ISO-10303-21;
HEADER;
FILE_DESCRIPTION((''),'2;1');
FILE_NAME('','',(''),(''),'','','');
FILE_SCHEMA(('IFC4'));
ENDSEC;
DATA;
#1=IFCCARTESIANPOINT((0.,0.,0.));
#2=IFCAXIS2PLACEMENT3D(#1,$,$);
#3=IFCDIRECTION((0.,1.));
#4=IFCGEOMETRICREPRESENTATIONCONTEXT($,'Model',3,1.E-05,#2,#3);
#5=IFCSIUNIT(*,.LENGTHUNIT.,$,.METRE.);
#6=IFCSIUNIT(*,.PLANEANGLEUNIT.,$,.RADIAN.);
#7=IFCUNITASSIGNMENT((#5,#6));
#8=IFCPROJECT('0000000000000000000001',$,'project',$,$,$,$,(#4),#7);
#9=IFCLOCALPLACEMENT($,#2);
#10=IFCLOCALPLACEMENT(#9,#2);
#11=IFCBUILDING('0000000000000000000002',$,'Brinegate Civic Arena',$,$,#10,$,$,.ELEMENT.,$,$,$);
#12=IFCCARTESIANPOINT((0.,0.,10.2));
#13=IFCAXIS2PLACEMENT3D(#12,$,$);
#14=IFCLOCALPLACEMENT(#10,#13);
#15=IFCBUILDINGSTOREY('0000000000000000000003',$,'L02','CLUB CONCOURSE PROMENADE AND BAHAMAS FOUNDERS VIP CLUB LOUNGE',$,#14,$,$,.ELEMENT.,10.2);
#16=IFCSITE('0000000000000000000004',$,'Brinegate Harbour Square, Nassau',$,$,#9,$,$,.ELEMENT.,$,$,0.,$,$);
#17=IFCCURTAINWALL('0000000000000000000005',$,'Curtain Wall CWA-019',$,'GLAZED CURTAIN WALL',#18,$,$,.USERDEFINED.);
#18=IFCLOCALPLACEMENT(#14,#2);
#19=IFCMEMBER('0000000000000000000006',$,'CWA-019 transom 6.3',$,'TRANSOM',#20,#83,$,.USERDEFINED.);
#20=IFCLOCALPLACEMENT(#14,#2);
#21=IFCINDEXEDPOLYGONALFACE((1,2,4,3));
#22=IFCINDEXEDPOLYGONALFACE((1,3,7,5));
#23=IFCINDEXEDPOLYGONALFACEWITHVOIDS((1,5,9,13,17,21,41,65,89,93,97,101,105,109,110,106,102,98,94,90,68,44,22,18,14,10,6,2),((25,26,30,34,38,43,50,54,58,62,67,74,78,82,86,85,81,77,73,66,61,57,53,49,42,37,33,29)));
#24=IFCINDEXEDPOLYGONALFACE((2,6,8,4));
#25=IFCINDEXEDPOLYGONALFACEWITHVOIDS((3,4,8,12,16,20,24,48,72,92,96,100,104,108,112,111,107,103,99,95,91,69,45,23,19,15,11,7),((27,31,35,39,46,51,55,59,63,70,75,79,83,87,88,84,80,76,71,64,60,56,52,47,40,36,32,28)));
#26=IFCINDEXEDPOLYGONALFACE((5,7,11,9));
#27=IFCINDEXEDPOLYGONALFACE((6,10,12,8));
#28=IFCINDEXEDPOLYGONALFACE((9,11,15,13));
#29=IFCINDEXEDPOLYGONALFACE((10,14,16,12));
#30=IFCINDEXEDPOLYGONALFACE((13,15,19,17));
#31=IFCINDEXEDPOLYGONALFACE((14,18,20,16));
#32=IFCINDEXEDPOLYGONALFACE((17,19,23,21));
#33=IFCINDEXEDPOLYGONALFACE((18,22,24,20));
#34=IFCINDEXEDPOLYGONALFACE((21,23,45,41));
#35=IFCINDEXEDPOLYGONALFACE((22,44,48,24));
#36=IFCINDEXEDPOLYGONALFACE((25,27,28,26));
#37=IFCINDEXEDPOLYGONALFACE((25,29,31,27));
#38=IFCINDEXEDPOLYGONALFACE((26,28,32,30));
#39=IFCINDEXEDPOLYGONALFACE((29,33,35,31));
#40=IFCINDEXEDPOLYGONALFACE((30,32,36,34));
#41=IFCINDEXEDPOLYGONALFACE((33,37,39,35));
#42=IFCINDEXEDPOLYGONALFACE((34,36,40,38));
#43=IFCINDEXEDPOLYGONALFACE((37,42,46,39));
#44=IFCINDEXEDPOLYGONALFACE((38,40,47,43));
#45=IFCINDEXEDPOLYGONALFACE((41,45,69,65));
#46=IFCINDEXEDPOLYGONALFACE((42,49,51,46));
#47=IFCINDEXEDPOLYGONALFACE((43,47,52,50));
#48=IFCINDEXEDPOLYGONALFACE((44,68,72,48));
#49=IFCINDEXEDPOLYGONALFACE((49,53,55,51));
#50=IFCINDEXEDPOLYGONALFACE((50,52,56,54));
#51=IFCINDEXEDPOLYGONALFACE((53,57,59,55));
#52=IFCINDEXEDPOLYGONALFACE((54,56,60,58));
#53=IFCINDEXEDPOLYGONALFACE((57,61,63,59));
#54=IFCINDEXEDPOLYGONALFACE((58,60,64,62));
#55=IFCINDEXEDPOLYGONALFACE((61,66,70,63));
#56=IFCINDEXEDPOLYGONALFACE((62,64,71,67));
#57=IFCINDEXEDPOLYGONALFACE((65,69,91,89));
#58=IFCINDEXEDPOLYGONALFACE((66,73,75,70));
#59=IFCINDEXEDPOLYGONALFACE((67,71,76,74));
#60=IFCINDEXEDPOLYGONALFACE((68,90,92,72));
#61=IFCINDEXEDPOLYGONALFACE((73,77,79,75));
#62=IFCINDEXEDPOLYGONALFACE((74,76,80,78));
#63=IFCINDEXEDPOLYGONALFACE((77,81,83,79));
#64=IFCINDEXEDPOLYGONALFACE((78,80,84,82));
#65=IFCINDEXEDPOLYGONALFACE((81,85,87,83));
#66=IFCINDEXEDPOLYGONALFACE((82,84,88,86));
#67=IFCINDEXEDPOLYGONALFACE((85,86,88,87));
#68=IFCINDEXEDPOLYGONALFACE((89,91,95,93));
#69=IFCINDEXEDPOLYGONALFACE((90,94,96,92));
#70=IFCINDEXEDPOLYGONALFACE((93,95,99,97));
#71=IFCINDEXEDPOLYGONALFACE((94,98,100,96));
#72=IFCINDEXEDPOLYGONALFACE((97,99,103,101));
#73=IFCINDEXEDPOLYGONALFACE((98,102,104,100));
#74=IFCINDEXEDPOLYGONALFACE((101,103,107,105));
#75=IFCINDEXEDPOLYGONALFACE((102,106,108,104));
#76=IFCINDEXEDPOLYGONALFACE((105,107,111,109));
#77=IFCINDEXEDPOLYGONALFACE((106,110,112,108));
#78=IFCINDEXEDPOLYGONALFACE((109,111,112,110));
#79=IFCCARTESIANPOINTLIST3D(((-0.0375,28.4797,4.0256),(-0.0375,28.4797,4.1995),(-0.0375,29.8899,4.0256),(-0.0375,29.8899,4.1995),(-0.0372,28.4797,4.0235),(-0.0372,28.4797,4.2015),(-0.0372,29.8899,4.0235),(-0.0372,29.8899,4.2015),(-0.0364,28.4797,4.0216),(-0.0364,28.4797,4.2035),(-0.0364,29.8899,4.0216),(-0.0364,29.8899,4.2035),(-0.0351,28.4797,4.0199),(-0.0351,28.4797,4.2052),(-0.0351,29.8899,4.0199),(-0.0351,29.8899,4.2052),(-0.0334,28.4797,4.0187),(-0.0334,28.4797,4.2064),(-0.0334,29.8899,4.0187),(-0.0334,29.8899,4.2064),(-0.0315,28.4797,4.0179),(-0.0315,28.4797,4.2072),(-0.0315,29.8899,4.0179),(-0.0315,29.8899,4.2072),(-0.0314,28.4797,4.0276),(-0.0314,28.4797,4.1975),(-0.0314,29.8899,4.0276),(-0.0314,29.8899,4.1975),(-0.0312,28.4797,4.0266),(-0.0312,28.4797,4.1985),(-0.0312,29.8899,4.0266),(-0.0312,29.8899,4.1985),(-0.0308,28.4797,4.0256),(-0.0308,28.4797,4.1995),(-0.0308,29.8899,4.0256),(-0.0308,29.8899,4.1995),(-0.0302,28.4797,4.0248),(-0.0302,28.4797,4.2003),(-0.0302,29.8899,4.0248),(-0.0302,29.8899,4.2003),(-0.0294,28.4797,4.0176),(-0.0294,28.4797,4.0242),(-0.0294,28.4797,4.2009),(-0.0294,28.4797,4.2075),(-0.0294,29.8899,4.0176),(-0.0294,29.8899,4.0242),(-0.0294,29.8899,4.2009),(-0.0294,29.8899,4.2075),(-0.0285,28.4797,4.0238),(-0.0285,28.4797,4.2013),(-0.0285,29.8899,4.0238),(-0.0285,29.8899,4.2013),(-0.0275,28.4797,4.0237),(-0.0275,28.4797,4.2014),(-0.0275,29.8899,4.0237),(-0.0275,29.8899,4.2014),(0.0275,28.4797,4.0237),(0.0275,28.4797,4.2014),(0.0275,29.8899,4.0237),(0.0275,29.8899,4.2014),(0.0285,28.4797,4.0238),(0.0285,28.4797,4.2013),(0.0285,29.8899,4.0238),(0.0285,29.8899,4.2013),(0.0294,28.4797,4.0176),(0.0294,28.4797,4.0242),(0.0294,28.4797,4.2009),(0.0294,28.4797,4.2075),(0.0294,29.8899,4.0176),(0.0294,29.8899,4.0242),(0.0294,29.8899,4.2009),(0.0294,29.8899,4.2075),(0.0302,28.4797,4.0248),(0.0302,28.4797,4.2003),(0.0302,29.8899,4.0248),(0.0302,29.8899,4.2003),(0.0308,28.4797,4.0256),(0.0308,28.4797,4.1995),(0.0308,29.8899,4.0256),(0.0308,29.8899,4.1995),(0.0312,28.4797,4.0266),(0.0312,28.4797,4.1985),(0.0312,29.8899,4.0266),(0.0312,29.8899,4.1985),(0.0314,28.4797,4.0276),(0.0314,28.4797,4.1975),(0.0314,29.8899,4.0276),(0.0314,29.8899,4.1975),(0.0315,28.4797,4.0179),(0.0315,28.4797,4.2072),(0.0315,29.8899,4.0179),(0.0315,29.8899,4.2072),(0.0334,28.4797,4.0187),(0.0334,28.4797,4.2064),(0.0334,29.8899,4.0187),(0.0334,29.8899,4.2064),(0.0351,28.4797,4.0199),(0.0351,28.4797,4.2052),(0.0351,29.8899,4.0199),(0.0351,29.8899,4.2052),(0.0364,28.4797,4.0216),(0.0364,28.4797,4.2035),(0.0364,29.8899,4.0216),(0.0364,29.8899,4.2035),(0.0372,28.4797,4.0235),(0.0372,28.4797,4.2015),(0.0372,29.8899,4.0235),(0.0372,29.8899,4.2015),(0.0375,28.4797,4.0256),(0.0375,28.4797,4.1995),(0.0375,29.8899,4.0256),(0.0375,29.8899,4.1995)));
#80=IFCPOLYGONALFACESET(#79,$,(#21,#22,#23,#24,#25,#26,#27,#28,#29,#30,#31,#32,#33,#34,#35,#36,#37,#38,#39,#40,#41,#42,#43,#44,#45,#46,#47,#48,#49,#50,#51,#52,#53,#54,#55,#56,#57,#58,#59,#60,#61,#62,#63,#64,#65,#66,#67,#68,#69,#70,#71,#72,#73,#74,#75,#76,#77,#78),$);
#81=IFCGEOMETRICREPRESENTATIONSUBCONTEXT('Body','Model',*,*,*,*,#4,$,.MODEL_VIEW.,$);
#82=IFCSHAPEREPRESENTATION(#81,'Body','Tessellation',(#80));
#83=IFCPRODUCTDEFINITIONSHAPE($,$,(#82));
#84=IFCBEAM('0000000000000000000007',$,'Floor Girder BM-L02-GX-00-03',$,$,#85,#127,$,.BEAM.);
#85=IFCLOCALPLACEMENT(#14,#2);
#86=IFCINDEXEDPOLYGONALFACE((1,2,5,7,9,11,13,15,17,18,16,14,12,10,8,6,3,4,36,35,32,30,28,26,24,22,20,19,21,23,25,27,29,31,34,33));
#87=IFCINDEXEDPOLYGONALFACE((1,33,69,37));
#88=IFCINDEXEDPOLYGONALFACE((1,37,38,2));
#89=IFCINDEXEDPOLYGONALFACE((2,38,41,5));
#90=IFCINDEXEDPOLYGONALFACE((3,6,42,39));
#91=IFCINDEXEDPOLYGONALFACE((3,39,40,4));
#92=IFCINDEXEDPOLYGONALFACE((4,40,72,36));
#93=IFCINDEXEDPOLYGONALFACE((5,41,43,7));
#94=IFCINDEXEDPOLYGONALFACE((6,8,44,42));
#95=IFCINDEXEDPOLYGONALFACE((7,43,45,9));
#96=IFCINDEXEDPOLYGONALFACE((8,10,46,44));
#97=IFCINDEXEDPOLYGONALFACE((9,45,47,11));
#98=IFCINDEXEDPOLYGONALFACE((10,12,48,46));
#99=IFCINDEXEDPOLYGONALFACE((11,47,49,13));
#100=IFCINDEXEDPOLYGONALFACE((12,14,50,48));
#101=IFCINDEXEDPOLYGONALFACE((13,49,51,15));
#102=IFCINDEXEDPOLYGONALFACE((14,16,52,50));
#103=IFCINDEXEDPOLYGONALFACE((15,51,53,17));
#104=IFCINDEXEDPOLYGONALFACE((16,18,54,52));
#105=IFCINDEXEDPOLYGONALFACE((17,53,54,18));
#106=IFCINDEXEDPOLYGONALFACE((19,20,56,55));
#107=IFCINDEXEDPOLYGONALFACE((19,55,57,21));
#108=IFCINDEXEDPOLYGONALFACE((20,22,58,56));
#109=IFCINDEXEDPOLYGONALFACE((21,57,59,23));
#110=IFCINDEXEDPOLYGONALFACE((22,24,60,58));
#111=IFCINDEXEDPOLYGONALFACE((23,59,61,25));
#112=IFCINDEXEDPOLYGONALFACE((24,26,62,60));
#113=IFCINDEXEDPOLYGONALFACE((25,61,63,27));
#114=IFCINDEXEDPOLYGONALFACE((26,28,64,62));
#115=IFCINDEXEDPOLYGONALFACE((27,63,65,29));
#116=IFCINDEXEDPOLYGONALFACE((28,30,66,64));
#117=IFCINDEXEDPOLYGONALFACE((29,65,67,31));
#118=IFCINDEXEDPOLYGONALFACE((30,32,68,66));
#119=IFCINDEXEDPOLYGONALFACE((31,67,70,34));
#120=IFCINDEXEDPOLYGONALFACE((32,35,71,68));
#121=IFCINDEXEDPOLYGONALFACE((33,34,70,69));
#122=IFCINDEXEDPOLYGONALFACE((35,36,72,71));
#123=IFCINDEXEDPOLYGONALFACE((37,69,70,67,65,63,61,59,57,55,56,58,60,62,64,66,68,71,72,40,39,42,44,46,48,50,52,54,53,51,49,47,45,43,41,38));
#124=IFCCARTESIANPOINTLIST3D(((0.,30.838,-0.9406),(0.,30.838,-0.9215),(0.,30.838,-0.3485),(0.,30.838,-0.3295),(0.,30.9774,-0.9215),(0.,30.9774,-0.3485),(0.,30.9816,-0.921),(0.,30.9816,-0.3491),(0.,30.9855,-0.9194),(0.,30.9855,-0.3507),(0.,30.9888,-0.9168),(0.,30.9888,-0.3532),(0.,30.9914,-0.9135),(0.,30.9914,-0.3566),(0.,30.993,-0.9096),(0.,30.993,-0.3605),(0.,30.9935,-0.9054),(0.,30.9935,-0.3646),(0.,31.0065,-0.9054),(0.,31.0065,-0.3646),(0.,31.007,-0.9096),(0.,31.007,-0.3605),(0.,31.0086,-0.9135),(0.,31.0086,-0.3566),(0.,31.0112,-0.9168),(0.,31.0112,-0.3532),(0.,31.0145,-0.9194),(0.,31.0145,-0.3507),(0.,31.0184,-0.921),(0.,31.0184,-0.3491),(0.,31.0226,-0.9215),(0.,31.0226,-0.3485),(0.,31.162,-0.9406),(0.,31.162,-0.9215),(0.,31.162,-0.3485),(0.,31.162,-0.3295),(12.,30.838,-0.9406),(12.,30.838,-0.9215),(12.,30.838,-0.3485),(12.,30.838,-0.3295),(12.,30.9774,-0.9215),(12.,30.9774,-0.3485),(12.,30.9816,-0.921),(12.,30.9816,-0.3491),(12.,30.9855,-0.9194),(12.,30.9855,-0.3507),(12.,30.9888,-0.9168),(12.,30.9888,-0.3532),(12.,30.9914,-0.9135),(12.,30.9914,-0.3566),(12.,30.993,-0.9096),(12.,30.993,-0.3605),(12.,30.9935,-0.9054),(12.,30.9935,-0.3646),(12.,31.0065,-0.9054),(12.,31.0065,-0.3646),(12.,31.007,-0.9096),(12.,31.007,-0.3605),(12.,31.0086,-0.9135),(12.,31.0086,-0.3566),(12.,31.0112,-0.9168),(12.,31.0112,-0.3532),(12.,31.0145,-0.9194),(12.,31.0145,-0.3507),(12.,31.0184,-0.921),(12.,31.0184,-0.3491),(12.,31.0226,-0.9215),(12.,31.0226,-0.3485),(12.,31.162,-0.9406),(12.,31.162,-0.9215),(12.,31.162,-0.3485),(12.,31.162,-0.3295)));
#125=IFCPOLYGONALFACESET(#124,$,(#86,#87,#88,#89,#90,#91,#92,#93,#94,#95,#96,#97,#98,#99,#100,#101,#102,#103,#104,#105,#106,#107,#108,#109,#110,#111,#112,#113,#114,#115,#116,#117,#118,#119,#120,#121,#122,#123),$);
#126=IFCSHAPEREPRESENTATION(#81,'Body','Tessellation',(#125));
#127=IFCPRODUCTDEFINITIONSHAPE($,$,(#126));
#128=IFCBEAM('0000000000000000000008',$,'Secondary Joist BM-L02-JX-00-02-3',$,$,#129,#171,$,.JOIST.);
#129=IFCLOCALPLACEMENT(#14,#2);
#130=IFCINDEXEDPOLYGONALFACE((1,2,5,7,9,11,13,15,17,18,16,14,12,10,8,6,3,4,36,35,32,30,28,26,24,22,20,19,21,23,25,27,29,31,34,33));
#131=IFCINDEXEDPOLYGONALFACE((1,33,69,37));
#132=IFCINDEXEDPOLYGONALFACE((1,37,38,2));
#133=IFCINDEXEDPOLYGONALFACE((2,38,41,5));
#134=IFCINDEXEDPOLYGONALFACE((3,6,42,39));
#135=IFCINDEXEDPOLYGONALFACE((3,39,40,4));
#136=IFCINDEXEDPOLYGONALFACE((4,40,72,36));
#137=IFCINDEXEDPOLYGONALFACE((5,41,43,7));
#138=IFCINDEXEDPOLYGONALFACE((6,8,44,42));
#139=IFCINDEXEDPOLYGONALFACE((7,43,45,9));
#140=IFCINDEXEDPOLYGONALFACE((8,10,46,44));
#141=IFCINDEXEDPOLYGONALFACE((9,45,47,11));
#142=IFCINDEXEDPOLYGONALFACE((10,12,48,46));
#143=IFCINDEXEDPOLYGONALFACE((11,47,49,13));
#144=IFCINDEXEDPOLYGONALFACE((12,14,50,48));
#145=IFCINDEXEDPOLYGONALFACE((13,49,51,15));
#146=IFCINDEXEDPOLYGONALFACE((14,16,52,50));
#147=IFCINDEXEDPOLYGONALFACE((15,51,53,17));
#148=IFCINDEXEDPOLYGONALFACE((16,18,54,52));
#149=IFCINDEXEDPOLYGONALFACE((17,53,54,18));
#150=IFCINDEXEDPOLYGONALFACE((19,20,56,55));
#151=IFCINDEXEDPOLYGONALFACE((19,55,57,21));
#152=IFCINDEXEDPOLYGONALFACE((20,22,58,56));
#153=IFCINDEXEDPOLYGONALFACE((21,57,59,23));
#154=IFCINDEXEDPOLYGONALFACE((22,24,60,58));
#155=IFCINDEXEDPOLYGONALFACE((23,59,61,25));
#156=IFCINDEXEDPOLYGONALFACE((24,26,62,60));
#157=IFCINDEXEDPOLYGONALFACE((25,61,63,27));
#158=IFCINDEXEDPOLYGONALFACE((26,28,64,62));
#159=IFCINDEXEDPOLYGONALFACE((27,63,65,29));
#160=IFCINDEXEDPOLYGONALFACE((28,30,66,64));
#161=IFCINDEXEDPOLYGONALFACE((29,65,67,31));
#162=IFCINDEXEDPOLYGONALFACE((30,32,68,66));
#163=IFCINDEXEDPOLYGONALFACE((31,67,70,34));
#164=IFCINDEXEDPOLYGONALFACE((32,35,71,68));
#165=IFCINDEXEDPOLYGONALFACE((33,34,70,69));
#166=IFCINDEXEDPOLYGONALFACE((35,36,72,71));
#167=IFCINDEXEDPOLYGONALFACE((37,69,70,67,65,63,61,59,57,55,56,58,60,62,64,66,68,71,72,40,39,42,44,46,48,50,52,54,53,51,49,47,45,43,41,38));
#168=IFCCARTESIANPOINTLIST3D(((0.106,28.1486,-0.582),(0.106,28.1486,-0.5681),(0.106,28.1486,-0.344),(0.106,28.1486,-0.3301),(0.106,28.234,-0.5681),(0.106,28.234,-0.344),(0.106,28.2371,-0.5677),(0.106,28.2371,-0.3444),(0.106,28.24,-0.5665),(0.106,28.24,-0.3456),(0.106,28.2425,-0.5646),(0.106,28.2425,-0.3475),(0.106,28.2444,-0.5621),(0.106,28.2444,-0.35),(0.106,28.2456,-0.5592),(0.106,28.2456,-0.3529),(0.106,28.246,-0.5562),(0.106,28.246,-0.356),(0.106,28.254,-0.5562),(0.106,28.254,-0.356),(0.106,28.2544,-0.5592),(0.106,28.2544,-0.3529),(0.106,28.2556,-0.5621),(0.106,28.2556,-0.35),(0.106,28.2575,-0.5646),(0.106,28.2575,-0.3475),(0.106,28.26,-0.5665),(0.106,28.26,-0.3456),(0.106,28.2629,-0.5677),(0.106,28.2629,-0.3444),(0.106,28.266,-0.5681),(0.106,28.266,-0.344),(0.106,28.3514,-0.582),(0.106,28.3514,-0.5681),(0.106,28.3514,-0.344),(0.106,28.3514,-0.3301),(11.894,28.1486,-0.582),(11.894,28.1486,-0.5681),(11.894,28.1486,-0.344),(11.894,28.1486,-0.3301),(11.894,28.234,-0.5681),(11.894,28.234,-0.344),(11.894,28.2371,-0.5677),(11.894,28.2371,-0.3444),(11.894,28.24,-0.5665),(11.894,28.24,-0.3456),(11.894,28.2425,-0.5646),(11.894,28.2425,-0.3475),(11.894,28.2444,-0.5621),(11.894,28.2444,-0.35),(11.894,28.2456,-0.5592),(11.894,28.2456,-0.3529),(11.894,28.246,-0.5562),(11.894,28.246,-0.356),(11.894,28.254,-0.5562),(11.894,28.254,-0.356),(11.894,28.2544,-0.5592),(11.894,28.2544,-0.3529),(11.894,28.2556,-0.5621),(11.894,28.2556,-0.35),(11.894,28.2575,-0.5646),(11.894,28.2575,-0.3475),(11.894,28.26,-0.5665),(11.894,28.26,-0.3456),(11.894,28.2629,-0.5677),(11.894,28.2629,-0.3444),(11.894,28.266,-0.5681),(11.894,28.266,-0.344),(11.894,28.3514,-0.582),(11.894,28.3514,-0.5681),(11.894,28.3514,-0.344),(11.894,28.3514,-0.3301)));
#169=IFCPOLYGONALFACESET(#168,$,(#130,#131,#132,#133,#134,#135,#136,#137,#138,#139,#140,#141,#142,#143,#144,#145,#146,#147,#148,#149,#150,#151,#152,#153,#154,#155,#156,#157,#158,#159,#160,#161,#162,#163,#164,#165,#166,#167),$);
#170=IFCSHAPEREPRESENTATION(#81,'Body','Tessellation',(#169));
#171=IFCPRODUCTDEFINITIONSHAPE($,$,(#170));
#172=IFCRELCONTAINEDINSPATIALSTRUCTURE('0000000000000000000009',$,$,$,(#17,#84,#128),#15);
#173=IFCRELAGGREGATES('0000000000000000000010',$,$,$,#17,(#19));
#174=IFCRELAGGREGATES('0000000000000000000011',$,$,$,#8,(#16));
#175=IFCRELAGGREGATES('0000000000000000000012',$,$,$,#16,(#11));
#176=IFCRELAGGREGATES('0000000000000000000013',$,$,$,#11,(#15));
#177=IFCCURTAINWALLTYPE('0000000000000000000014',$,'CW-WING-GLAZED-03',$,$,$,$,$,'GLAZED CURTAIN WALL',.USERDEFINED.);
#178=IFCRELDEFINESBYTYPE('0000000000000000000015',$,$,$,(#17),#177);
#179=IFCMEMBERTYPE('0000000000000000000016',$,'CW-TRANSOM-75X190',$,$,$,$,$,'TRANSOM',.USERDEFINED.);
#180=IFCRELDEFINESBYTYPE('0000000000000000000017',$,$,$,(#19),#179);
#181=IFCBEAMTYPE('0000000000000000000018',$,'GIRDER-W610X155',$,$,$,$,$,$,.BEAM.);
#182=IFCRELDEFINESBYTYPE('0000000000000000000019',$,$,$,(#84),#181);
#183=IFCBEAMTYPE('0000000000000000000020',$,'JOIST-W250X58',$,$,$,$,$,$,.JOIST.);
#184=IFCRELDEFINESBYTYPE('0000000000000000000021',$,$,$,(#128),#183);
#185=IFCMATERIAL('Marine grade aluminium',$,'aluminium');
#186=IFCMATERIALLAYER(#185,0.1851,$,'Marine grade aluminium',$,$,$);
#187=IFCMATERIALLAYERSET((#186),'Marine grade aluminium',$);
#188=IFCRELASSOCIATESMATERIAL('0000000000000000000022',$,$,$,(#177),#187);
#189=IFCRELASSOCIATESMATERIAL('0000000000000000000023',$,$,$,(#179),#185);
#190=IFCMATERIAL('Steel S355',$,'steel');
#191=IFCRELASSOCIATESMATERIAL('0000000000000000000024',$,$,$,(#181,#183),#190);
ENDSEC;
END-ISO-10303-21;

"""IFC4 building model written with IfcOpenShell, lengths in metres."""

from ifc_helpers import new_model, si_unit, direction, frame, origin, origin_2d, place, context, subcontext, project, spatial, hollow_rectangle, i_section, extrude, material, layer, layer_set, material_profile, profile_set, type_object, element, aggregate, save


model = new_model("IFC4")

# Units and contexts
model_context = context("Model", 3, precision=1e-05, world=origin(), true_north=direction((0.0, 1.0)))
body_context = subcontext(model_context, "Body", "Model", "MODEL_VIEW")
ifc_project = project(units=[si_unit("LENGTHUNIT", "METRE"), si_unit("PLANEANGLEUNIT", "RADIAN")], contexts=[model_context])

# Site, building, storey
site_placement = place(None, origin())
site = spatial("IfcSite", under=ifc_project, at=site_placement, Name="Brinegate Harbour Square, Nassau", CompositionType="ELEMENT", RefElevation=0.0)
building_placement = place(site_placement, origin())
building = spatial("IfcBuilding", under=site, at=building_placement, Name="Brinegate Civic Arena", CompositionType="ELEMENT")
storey_placement = place(building_placement, frame((0.0, 0.0, 10.2)))
storey = spatial("IfcBuildingStorey", under=building, at=storey_placement, Name="L02", Description="CLUB CONCOURSE PROMENADE AND BAHAMAS FOUNDERS VIP CLUB LOUNGE", CompositionType="ELEMENT", Elevation=10.2)

# Curtain wall, member
ifc_material_1 = material(Name="Marine grade aluminium", Category="aluminium")
ifc_layer_1 = layer(ifc_material_1, 0.1851, Name="Marine grade aluminium")
ifc_layer_set_1 = layer_set([ifc_layer_1], Name="Marine grade aluminium")
curtain_wall_type = type_object("IfcCurtainWallType", Name="CW-WING-GLAZED-03", ElementType="GLAZED CURTAIN WALL", PredefinedType="USERDEFINED", material=ifc_layer_set_1)
curtain_wall_placement = place(storey_placement, origin())
curtain_wall = element("IfcCurtainWall", 1, at=curtain_wall_placement, inside=storey, type_object=curtain_wall_type, Name="Curtain Wall CWA-019", ObjectType="GLAZED CURTAIN WALL", PredefinedType="USERDEFINED")
ifc_material_profile_1 = material_profile(ifc_material_1, hollow_rectangle(XDim=0.075, YDim=0.1899, WallThickness=0.0061, InnerFilletRadius=0.0039, OuterFilletRadius=0.0081, at=origin_2d()), Name="TRN75X190")
ifc_profile_set_1 = profile_set([ifc_material_profile_1], Name="Marine grade aluminium")
member_type_1 = type_object("IfcMemberType", Name="CW-TRANSOM-75X190", ElementType="TRANSOM", PredefinedType="USERDEFINED", material=ifc_profile_set_1)
member_1_placement = place(storey_placement, frame((0.0, 28.4797, 4.1125), z_axis=(0.0, 1.0, 0.0), x_axis=(-1.0, 0.0, 0.0)))
member_1 = element("IfcMember", 2, at=member_1_placement, type_object=member_type_1, Name="CWA-019 transom 6.3", ObjectType="TRANSOM", PredefinedType="USERDEFINED", context=body_context, shape_type="SweptSolid", body=[
    extrude(hollow_rectangle(XDim=0.075, YDim=0.1899, WallThickness=0.0061, InnerFilletRadius=0.0039, OuterFilletRadius=0.0081, at=origin_2d()), origin(), (0.0, 0.0, 1.0), 1.4102),
])

# Beams
ifc_material_2 = material(Name="Steel S355", Category="steel")
ifc_material_profile_2 = material_profile(ifc_material_2, i_section(OverallWidth=0.324, OverallDepth=0.6111, WebThickness=0.0129, FlangeThickness=0.019, FilletRadius=0.0161, at=origin_2d()), Name="W610X155")
ifc_profile_set_2 = profile_set([ifc_material_profile_2], Name="Steel S355")
beam_type_1 = type_object("IfcBeamType", Name="GIRDER-W610X155", PredefinedType="BEAM", material=ifc_profile_set_2)
beam_1_placement = place(storey_placement, frame((0.0, 31.0, -0.635), z_axis=(1.0, 0.0, 0.0), x_axis=(0.0, 1.0, 0.0)))
element("IfcBeam", 3, at=beam_1_placement, inside=storey, type_object=beam_type_1, Name="Floor Girder BM-L02-GX-00-03", PredefinedType="BEAM", context=body_context, shape_type="SweptSolid", body=[
    extrude(i_section(OverallWidth=0.324, OverallDepth=0.6111, WebThickness=0.0129, FlangeThickness=0.019, FilletRadius=0.0161, at=origin_2d()), origin(), (0.0, 0.0, 1.0), 12.0),
])
ifc_material_profile_3 = material_profile(ifc_material_2, i_section(OverallWidth=0.2029, OverallDepth=0.252, WebThickness=0.0081, FlangeThickness=0.0139, FilletRadius=0.012, at=origin_2d()), Name="W250X58")
ifc_profile_set_3 = profile_set([ifc_material_profile_3], Name="Steel S355")
beam_type_2 = type_object("IfcBeamType", Name="JOIST-W250X58", PredefinedType="JOIST", material=ifc_profile_set_3)
beam_2_placement = place(storey_placement, frame((0.106, 28.25, -0.4561), z_axis=(1.0, 0.0, 0.0), x_axis=(0.0, 1.0, 0.0)))
element("IfcBeam", 4, at=beam_2_placement, inside=storey, type_object=beam_type_2, Name="Secondary Joist BM-L02-JX-00-02-3", PredefinedType="JOIST", context=body_context, shape_type="SweptSolid", body=[
    extrude(i_section(OverallWidth=0.2029, OverallDepth=0.252, WebThickness=0.0081, FlangeThickness=0.0139, FilletRadius=0.012, at=origin_2d()), origin(), (0.0, 0.0, 1.0), 11.7881),
])

aggregate(curtain_wall, [member_1])

save(model, "model.ifc")
